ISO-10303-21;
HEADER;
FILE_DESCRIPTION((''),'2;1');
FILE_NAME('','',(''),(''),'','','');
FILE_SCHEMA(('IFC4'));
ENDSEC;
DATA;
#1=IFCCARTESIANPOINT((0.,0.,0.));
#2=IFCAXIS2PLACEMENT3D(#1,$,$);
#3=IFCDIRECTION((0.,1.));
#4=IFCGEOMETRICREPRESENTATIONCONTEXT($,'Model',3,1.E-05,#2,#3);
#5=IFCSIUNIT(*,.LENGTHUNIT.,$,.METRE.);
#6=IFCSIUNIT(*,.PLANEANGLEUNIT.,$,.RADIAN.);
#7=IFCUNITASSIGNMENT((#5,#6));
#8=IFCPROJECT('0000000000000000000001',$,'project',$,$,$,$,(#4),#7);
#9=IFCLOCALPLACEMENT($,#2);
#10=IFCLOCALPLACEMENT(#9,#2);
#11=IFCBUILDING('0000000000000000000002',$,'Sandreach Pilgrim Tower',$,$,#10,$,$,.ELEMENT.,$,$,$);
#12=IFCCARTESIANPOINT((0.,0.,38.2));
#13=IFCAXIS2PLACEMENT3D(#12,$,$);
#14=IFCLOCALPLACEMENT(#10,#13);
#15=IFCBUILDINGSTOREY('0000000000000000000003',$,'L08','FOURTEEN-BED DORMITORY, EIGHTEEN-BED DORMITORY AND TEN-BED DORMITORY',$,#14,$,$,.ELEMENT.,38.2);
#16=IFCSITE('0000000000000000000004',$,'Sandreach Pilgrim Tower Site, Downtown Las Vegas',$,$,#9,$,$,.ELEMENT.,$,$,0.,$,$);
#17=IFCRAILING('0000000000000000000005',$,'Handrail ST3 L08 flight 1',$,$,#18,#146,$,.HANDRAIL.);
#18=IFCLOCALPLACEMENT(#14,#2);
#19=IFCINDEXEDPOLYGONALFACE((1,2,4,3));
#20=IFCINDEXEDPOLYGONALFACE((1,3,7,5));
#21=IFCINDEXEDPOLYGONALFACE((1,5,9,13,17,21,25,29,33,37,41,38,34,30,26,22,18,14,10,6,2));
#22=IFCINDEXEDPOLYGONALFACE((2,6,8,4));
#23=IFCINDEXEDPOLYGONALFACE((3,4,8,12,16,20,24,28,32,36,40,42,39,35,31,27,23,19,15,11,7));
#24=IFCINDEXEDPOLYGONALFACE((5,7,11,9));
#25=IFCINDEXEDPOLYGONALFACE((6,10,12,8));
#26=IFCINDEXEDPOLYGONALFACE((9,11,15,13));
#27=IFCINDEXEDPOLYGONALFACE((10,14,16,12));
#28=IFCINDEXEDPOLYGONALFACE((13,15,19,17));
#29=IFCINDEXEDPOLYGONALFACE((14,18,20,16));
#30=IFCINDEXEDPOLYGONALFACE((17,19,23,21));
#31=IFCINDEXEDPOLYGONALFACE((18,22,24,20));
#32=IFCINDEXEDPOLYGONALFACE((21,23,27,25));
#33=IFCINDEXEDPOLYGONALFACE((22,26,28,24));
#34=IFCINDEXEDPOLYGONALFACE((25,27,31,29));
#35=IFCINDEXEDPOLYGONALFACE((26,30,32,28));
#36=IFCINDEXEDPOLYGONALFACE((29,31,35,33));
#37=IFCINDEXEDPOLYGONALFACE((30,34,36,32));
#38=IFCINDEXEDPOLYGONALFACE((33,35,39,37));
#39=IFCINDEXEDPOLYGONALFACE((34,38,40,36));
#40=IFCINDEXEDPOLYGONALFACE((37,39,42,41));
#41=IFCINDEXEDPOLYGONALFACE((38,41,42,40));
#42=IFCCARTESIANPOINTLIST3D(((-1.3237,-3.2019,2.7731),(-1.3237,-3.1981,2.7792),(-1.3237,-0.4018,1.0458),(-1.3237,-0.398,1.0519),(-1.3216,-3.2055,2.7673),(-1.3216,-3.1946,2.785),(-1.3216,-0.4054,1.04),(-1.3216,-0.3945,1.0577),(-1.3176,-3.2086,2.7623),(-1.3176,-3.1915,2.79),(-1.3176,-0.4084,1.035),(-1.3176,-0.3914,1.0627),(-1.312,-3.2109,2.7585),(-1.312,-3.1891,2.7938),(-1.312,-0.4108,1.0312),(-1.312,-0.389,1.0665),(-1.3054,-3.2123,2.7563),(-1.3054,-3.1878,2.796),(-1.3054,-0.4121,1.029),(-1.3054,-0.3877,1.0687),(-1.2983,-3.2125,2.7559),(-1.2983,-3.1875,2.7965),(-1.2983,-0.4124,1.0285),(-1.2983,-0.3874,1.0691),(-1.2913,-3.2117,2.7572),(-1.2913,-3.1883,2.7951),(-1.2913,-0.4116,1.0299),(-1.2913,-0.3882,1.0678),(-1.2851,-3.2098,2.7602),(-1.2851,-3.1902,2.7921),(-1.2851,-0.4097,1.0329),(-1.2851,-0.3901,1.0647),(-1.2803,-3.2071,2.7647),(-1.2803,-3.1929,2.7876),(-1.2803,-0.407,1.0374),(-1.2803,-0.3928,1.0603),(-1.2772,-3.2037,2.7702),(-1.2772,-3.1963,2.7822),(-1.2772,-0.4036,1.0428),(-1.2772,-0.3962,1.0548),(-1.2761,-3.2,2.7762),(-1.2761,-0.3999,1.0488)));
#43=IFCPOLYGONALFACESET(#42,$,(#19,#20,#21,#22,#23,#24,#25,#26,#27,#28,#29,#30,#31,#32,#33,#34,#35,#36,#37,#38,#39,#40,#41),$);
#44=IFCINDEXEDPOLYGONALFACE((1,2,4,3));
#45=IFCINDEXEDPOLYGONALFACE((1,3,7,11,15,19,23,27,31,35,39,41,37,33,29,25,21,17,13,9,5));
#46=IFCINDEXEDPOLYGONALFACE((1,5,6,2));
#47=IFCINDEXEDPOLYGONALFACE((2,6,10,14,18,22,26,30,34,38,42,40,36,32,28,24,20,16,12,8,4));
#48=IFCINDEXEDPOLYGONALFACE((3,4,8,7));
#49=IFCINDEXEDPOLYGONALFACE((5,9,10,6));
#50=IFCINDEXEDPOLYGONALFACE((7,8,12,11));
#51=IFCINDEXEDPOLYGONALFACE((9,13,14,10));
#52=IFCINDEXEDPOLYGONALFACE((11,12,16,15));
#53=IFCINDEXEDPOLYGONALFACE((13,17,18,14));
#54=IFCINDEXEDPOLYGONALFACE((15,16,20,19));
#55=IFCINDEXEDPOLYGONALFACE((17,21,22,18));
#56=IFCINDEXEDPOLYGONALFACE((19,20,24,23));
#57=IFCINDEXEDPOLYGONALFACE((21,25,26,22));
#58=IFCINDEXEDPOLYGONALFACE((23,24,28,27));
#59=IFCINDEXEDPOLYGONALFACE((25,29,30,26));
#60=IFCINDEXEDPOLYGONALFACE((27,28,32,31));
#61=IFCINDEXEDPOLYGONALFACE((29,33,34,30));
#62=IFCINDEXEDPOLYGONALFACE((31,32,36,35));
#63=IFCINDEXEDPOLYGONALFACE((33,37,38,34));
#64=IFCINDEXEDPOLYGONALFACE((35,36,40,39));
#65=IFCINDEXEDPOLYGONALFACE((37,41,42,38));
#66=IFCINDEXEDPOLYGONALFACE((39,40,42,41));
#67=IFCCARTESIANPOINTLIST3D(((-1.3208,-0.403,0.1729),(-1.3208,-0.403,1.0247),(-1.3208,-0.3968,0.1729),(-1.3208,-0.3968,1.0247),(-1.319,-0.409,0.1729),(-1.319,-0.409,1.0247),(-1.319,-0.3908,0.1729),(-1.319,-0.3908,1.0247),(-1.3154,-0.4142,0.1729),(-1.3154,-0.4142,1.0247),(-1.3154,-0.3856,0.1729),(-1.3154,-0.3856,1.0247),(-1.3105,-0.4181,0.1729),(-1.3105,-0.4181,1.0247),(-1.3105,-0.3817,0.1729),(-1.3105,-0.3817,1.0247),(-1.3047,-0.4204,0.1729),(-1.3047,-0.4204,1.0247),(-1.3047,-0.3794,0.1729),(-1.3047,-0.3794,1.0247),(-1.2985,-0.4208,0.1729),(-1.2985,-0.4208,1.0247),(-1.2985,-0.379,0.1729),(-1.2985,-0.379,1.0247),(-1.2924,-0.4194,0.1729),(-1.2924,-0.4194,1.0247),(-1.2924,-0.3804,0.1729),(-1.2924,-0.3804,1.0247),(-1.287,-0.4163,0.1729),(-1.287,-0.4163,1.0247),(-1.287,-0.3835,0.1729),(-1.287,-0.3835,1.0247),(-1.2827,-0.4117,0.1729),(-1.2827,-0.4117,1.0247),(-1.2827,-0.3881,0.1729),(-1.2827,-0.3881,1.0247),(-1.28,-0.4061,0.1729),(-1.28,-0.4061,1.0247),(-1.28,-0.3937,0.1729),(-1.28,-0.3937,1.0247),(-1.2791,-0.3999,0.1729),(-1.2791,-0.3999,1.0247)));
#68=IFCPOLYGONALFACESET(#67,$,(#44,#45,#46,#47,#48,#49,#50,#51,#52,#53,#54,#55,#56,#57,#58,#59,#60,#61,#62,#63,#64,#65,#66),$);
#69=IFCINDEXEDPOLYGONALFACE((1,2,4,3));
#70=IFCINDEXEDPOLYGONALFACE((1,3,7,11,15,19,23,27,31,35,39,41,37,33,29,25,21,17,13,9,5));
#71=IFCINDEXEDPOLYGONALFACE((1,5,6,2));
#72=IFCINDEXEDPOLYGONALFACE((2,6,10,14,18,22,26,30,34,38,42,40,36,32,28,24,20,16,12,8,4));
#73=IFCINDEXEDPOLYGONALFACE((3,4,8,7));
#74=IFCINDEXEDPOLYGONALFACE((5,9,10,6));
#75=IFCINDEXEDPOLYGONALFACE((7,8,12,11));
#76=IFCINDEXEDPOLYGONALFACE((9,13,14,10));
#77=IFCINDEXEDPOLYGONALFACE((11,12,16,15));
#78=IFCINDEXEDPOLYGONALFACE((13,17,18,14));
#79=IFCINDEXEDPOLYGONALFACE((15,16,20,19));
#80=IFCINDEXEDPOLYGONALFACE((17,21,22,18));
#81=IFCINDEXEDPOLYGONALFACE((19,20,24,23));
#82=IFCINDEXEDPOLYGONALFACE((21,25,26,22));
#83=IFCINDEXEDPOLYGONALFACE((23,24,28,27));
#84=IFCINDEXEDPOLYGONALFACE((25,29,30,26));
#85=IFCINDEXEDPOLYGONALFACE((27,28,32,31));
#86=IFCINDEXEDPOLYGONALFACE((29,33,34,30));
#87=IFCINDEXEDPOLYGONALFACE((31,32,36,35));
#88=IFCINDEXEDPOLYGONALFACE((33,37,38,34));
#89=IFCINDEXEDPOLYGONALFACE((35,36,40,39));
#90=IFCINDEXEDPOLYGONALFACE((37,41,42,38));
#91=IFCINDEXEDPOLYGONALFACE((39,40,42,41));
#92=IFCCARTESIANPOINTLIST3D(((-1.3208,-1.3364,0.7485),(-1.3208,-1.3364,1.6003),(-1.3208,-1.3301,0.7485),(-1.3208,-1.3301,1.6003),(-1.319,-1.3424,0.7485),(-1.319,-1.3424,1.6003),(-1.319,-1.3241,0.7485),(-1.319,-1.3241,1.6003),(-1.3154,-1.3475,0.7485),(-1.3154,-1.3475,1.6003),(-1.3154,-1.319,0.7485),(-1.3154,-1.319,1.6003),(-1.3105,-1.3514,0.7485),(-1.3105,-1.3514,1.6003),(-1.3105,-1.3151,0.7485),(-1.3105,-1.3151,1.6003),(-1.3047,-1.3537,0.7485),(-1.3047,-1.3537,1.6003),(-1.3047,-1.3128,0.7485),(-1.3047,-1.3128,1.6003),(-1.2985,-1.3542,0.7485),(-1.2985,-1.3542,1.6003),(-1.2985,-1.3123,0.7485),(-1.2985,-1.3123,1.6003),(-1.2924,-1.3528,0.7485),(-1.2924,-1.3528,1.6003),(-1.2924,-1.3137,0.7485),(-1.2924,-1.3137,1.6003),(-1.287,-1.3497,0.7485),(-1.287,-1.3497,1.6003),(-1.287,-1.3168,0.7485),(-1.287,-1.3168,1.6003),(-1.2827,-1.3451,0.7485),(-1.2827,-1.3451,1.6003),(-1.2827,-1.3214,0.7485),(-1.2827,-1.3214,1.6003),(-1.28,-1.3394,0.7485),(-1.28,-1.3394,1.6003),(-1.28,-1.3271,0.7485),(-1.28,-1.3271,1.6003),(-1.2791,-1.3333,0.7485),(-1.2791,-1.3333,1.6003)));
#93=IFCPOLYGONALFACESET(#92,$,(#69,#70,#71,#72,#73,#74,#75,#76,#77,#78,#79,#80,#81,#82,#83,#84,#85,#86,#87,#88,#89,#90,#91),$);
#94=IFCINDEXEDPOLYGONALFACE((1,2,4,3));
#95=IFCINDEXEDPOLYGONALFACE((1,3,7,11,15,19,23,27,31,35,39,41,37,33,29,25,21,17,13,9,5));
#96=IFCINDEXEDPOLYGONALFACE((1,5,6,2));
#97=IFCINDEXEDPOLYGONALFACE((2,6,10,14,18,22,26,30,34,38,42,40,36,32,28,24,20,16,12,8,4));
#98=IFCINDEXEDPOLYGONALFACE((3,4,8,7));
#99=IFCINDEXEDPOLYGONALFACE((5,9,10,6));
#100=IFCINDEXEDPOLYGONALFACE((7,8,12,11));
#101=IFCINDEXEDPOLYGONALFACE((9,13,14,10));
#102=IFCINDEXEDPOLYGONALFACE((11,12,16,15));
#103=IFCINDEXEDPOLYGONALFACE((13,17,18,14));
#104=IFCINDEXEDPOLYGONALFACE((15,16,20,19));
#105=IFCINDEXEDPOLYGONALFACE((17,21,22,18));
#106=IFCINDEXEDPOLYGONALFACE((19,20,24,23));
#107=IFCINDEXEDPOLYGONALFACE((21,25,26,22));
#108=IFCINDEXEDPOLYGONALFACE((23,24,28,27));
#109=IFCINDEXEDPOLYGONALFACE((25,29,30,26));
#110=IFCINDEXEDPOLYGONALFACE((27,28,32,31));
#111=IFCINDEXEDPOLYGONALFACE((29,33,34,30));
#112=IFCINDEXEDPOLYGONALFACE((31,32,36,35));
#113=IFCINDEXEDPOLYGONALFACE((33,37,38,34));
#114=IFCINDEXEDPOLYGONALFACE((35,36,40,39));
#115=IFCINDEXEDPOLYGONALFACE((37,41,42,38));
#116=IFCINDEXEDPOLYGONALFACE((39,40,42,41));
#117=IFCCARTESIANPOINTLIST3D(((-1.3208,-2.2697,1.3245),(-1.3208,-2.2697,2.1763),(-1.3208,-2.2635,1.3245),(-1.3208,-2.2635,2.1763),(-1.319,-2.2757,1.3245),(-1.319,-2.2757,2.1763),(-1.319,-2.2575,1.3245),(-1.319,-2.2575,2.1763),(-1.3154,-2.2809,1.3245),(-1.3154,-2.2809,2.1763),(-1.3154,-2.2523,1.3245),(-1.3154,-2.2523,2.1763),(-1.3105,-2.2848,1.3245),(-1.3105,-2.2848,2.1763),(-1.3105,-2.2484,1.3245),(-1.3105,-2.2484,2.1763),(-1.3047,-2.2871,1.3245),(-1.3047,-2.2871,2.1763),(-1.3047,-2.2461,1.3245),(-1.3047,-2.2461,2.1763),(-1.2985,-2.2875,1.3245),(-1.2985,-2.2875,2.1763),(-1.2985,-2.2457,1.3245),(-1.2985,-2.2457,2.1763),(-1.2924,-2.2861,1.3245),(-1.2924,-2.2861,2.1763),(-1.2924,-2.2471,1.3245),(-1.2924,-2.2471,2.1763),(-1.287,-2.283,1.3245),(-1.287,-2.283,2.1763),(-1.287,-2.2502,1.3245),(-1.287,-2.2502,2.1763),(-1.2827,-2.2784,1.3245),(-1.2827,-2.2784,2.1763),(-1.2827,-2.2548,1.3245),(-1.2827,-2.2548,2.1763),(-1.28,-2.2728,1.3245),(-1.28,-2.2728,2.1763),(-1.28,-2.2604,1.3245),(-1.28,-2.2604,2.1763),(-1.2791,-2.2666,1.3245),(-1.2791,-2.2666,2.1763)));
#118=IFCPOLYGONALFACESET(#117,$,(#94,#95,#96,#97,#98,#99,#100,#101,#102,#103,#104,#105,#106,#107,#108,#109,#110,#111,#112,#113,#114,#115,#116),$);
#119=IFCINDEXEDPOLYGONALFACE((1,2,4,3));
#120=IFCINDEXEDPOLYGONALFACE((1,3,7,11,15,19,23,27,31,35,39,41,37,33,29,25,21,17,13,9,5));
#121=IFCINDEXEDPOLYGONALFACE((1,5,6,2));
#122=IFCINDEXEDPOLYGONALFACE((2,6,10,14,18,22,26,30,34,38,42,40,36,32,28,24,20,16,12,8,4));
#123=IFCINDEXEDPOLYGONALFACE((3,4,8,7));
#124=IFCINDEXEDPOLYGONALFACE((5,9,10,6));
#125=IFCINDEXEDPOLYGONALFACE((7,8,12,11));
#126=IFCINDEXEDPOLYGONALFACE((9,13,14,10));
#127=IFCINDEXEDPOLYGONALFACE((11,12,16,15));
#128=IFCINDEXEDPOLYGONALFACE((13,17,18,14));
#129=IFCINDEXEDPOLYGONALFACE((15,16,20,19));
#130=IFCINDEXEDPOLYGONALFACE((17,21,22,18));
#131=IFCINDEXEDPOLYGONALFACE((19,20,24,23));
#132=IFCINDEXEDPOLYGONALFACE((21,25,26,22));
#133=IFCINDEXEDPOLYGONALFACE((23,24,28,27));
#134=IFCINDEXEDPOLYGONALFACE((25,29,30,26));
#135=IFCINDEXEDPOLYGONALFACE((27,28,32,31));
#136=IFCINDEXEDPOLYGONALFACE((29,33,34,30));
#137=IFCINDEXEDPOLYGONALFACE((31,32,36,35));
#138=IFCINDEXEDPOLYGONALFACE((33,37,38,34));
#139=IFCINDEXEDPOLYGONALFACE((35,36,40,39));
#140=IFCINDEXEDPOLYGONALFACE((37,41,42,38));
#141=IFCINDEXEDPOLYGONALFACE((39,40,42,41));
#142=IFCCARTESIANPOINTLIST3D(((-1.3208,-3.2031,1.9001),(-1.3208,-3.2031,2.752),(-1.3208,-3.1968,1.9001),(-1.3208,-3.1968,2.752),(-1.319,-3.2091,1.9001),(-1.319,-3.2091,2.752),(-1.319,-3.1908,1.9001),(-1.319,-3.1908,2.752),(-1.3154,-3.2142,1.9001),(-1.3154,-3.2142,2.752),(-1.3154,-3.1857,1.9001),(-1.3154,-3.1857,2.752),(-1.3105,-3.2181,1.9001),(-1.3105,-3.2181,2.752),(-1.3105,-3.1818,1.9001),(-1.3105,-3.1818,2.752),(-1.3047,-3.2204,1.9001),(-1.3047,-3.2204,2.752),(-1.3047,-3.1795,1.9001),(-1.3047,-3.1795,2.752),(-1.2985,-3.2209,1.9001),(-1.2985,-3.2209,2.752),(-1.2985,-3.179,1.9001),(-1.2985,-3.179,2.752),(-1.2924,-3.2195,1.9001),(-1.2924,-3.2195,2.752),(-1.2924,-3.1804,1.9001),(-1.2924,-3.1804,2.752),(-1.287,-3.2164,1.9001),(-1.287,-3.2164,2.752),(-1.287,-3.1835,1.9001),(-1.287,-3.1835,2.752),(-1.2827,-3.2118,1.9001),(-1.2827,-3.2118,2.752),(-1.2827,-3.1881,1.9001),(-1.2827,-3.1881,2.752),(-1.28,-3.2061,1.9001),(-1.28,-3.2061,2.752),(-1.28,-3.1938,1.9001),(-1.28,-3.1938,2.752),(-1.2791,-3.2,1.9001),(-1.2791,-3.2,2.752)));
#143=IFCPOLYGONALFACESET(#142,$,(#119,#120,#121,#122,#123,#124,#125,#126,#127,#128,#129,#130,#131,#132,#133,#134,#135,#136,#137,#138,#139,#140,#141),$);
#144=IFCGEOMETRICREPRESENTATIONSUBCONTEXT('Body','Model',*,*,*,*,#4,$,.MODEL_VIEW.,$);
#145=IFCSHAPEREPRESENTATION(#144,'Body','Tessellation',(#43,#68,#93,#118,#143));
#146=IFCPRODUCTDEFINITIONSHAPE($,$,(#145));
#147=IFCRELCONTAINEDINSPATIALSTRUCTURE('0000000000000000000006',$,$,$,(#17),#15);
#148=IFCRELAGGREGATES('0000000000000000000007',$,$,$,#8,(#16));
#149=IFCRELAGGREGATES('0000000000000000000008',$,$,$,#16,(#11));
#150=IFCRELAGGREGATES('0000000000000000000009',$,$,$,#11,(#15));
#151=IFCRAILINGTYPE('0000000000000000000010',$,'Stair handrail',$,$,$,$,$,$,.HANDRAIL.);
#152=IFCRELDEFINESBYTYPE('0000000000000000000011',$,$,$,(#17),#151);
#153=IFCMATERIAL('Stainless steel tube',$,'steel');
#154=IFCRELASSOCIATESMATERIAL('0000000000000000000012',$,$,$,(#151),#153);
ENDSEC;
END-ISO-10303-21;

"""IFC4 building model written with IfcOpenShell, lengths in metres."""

from ifc_helpers import new_model, si_unit, direction, frame, origin, origin_2d, place, context, subcontext, project, spatial, circle, extrude, material, type_object, element, save


model = new_model("IFC4")

# Units and contexts
model_context = context("Model", 3, precision=1e-05, world=origin(), true_north=direction((0.0, 1.0)))
body_context = subcontext(model_context, "Body", "Model", "MODEL_VIEW")
ifc_project = project(units=[si_unit("LENGTHUNIT", "METRE"), si_unit("PLANEANGLEUNIT", "RADIAN")], contexts=[model_context])

# Site, building, storey
site_placement = place(None, origin())
site = spatial("IfcSite", under=ifc_project, at=site_placement, Name="Sandreach Pilgrim Tower Site, Downtown Las Vegas", CompositionType="ELEMENT", RefElevation=0.0)
building_placement = place(site_placement, origin())
building = spatial("IfcBuilding", under=site, at=building_placement, Name="Sandreach Pilgrim Tower", CompositionType="ELEMENT")
storey_placement = place(building_placement, frame((0.0, 0.0, 38.2)))
storey = spatial("IfcBuildingStorey", under=building, at=storey_placement, Name="L08", Description="FOURTEEN-BED DORMITORY, EIGHTEEN-BED DORMITORY AND TEN-BED DORMITORY", CompositionType="ELEMENT", Elevation=38.2)

# Railing
ifc_material_1 = material(Name="Stainless steel tube", Category="steel")
railing_type = type_object("IfcRailingType", Name="Stair handrail", PredefinedType="HANDRAIL", material=ifc_material_1)
for number, where, name in (
    (1, (-1.3, -0.3999, 0.1729), "Handrail ST3 L08 flight 1"),
):
    element("IfcRailing", number, at=place(storey_placement, frame(where)), inside=storey, type_object=railing_type, Name=name, PredefinedType="HANDRAIL", context=body_context, shape_type="SweptSolid", body=[
        extrude(circle(Radius=0.0239, at=origin_2d()), frame((0.0, 0.0, 0.876), z_axis=(0.0, -0.85109, 0.52502), x_axis=(1.0, 0.0, 0.0)), (0.0, 0.0, 1.0), 3.29),
        extrude(circle(Radius=0.021, at=origin_2d()), origin(), (0.0, 0.0, 1.0), 0.8518),
        extrude(circle(Radius=0.021, at=origin_2d()), frame((0.0, -0.9333, 0.5757)), (0.0, 0.0, 1.0), 0.8518),
        extrude(circle(Radius=0.021, at=origin_2d()), frame((0.0, -1.8667, 1.1516)), (0.0, 0.0, 1.0), 0.8518),
        extrude(circle(Radius=0.021, at=origin_2d()), frame((0.0, -2.8, 1.7273)), (0.0, 0.0, 1.0), 0.8518),
    ])

save(model, "model.ifc")
